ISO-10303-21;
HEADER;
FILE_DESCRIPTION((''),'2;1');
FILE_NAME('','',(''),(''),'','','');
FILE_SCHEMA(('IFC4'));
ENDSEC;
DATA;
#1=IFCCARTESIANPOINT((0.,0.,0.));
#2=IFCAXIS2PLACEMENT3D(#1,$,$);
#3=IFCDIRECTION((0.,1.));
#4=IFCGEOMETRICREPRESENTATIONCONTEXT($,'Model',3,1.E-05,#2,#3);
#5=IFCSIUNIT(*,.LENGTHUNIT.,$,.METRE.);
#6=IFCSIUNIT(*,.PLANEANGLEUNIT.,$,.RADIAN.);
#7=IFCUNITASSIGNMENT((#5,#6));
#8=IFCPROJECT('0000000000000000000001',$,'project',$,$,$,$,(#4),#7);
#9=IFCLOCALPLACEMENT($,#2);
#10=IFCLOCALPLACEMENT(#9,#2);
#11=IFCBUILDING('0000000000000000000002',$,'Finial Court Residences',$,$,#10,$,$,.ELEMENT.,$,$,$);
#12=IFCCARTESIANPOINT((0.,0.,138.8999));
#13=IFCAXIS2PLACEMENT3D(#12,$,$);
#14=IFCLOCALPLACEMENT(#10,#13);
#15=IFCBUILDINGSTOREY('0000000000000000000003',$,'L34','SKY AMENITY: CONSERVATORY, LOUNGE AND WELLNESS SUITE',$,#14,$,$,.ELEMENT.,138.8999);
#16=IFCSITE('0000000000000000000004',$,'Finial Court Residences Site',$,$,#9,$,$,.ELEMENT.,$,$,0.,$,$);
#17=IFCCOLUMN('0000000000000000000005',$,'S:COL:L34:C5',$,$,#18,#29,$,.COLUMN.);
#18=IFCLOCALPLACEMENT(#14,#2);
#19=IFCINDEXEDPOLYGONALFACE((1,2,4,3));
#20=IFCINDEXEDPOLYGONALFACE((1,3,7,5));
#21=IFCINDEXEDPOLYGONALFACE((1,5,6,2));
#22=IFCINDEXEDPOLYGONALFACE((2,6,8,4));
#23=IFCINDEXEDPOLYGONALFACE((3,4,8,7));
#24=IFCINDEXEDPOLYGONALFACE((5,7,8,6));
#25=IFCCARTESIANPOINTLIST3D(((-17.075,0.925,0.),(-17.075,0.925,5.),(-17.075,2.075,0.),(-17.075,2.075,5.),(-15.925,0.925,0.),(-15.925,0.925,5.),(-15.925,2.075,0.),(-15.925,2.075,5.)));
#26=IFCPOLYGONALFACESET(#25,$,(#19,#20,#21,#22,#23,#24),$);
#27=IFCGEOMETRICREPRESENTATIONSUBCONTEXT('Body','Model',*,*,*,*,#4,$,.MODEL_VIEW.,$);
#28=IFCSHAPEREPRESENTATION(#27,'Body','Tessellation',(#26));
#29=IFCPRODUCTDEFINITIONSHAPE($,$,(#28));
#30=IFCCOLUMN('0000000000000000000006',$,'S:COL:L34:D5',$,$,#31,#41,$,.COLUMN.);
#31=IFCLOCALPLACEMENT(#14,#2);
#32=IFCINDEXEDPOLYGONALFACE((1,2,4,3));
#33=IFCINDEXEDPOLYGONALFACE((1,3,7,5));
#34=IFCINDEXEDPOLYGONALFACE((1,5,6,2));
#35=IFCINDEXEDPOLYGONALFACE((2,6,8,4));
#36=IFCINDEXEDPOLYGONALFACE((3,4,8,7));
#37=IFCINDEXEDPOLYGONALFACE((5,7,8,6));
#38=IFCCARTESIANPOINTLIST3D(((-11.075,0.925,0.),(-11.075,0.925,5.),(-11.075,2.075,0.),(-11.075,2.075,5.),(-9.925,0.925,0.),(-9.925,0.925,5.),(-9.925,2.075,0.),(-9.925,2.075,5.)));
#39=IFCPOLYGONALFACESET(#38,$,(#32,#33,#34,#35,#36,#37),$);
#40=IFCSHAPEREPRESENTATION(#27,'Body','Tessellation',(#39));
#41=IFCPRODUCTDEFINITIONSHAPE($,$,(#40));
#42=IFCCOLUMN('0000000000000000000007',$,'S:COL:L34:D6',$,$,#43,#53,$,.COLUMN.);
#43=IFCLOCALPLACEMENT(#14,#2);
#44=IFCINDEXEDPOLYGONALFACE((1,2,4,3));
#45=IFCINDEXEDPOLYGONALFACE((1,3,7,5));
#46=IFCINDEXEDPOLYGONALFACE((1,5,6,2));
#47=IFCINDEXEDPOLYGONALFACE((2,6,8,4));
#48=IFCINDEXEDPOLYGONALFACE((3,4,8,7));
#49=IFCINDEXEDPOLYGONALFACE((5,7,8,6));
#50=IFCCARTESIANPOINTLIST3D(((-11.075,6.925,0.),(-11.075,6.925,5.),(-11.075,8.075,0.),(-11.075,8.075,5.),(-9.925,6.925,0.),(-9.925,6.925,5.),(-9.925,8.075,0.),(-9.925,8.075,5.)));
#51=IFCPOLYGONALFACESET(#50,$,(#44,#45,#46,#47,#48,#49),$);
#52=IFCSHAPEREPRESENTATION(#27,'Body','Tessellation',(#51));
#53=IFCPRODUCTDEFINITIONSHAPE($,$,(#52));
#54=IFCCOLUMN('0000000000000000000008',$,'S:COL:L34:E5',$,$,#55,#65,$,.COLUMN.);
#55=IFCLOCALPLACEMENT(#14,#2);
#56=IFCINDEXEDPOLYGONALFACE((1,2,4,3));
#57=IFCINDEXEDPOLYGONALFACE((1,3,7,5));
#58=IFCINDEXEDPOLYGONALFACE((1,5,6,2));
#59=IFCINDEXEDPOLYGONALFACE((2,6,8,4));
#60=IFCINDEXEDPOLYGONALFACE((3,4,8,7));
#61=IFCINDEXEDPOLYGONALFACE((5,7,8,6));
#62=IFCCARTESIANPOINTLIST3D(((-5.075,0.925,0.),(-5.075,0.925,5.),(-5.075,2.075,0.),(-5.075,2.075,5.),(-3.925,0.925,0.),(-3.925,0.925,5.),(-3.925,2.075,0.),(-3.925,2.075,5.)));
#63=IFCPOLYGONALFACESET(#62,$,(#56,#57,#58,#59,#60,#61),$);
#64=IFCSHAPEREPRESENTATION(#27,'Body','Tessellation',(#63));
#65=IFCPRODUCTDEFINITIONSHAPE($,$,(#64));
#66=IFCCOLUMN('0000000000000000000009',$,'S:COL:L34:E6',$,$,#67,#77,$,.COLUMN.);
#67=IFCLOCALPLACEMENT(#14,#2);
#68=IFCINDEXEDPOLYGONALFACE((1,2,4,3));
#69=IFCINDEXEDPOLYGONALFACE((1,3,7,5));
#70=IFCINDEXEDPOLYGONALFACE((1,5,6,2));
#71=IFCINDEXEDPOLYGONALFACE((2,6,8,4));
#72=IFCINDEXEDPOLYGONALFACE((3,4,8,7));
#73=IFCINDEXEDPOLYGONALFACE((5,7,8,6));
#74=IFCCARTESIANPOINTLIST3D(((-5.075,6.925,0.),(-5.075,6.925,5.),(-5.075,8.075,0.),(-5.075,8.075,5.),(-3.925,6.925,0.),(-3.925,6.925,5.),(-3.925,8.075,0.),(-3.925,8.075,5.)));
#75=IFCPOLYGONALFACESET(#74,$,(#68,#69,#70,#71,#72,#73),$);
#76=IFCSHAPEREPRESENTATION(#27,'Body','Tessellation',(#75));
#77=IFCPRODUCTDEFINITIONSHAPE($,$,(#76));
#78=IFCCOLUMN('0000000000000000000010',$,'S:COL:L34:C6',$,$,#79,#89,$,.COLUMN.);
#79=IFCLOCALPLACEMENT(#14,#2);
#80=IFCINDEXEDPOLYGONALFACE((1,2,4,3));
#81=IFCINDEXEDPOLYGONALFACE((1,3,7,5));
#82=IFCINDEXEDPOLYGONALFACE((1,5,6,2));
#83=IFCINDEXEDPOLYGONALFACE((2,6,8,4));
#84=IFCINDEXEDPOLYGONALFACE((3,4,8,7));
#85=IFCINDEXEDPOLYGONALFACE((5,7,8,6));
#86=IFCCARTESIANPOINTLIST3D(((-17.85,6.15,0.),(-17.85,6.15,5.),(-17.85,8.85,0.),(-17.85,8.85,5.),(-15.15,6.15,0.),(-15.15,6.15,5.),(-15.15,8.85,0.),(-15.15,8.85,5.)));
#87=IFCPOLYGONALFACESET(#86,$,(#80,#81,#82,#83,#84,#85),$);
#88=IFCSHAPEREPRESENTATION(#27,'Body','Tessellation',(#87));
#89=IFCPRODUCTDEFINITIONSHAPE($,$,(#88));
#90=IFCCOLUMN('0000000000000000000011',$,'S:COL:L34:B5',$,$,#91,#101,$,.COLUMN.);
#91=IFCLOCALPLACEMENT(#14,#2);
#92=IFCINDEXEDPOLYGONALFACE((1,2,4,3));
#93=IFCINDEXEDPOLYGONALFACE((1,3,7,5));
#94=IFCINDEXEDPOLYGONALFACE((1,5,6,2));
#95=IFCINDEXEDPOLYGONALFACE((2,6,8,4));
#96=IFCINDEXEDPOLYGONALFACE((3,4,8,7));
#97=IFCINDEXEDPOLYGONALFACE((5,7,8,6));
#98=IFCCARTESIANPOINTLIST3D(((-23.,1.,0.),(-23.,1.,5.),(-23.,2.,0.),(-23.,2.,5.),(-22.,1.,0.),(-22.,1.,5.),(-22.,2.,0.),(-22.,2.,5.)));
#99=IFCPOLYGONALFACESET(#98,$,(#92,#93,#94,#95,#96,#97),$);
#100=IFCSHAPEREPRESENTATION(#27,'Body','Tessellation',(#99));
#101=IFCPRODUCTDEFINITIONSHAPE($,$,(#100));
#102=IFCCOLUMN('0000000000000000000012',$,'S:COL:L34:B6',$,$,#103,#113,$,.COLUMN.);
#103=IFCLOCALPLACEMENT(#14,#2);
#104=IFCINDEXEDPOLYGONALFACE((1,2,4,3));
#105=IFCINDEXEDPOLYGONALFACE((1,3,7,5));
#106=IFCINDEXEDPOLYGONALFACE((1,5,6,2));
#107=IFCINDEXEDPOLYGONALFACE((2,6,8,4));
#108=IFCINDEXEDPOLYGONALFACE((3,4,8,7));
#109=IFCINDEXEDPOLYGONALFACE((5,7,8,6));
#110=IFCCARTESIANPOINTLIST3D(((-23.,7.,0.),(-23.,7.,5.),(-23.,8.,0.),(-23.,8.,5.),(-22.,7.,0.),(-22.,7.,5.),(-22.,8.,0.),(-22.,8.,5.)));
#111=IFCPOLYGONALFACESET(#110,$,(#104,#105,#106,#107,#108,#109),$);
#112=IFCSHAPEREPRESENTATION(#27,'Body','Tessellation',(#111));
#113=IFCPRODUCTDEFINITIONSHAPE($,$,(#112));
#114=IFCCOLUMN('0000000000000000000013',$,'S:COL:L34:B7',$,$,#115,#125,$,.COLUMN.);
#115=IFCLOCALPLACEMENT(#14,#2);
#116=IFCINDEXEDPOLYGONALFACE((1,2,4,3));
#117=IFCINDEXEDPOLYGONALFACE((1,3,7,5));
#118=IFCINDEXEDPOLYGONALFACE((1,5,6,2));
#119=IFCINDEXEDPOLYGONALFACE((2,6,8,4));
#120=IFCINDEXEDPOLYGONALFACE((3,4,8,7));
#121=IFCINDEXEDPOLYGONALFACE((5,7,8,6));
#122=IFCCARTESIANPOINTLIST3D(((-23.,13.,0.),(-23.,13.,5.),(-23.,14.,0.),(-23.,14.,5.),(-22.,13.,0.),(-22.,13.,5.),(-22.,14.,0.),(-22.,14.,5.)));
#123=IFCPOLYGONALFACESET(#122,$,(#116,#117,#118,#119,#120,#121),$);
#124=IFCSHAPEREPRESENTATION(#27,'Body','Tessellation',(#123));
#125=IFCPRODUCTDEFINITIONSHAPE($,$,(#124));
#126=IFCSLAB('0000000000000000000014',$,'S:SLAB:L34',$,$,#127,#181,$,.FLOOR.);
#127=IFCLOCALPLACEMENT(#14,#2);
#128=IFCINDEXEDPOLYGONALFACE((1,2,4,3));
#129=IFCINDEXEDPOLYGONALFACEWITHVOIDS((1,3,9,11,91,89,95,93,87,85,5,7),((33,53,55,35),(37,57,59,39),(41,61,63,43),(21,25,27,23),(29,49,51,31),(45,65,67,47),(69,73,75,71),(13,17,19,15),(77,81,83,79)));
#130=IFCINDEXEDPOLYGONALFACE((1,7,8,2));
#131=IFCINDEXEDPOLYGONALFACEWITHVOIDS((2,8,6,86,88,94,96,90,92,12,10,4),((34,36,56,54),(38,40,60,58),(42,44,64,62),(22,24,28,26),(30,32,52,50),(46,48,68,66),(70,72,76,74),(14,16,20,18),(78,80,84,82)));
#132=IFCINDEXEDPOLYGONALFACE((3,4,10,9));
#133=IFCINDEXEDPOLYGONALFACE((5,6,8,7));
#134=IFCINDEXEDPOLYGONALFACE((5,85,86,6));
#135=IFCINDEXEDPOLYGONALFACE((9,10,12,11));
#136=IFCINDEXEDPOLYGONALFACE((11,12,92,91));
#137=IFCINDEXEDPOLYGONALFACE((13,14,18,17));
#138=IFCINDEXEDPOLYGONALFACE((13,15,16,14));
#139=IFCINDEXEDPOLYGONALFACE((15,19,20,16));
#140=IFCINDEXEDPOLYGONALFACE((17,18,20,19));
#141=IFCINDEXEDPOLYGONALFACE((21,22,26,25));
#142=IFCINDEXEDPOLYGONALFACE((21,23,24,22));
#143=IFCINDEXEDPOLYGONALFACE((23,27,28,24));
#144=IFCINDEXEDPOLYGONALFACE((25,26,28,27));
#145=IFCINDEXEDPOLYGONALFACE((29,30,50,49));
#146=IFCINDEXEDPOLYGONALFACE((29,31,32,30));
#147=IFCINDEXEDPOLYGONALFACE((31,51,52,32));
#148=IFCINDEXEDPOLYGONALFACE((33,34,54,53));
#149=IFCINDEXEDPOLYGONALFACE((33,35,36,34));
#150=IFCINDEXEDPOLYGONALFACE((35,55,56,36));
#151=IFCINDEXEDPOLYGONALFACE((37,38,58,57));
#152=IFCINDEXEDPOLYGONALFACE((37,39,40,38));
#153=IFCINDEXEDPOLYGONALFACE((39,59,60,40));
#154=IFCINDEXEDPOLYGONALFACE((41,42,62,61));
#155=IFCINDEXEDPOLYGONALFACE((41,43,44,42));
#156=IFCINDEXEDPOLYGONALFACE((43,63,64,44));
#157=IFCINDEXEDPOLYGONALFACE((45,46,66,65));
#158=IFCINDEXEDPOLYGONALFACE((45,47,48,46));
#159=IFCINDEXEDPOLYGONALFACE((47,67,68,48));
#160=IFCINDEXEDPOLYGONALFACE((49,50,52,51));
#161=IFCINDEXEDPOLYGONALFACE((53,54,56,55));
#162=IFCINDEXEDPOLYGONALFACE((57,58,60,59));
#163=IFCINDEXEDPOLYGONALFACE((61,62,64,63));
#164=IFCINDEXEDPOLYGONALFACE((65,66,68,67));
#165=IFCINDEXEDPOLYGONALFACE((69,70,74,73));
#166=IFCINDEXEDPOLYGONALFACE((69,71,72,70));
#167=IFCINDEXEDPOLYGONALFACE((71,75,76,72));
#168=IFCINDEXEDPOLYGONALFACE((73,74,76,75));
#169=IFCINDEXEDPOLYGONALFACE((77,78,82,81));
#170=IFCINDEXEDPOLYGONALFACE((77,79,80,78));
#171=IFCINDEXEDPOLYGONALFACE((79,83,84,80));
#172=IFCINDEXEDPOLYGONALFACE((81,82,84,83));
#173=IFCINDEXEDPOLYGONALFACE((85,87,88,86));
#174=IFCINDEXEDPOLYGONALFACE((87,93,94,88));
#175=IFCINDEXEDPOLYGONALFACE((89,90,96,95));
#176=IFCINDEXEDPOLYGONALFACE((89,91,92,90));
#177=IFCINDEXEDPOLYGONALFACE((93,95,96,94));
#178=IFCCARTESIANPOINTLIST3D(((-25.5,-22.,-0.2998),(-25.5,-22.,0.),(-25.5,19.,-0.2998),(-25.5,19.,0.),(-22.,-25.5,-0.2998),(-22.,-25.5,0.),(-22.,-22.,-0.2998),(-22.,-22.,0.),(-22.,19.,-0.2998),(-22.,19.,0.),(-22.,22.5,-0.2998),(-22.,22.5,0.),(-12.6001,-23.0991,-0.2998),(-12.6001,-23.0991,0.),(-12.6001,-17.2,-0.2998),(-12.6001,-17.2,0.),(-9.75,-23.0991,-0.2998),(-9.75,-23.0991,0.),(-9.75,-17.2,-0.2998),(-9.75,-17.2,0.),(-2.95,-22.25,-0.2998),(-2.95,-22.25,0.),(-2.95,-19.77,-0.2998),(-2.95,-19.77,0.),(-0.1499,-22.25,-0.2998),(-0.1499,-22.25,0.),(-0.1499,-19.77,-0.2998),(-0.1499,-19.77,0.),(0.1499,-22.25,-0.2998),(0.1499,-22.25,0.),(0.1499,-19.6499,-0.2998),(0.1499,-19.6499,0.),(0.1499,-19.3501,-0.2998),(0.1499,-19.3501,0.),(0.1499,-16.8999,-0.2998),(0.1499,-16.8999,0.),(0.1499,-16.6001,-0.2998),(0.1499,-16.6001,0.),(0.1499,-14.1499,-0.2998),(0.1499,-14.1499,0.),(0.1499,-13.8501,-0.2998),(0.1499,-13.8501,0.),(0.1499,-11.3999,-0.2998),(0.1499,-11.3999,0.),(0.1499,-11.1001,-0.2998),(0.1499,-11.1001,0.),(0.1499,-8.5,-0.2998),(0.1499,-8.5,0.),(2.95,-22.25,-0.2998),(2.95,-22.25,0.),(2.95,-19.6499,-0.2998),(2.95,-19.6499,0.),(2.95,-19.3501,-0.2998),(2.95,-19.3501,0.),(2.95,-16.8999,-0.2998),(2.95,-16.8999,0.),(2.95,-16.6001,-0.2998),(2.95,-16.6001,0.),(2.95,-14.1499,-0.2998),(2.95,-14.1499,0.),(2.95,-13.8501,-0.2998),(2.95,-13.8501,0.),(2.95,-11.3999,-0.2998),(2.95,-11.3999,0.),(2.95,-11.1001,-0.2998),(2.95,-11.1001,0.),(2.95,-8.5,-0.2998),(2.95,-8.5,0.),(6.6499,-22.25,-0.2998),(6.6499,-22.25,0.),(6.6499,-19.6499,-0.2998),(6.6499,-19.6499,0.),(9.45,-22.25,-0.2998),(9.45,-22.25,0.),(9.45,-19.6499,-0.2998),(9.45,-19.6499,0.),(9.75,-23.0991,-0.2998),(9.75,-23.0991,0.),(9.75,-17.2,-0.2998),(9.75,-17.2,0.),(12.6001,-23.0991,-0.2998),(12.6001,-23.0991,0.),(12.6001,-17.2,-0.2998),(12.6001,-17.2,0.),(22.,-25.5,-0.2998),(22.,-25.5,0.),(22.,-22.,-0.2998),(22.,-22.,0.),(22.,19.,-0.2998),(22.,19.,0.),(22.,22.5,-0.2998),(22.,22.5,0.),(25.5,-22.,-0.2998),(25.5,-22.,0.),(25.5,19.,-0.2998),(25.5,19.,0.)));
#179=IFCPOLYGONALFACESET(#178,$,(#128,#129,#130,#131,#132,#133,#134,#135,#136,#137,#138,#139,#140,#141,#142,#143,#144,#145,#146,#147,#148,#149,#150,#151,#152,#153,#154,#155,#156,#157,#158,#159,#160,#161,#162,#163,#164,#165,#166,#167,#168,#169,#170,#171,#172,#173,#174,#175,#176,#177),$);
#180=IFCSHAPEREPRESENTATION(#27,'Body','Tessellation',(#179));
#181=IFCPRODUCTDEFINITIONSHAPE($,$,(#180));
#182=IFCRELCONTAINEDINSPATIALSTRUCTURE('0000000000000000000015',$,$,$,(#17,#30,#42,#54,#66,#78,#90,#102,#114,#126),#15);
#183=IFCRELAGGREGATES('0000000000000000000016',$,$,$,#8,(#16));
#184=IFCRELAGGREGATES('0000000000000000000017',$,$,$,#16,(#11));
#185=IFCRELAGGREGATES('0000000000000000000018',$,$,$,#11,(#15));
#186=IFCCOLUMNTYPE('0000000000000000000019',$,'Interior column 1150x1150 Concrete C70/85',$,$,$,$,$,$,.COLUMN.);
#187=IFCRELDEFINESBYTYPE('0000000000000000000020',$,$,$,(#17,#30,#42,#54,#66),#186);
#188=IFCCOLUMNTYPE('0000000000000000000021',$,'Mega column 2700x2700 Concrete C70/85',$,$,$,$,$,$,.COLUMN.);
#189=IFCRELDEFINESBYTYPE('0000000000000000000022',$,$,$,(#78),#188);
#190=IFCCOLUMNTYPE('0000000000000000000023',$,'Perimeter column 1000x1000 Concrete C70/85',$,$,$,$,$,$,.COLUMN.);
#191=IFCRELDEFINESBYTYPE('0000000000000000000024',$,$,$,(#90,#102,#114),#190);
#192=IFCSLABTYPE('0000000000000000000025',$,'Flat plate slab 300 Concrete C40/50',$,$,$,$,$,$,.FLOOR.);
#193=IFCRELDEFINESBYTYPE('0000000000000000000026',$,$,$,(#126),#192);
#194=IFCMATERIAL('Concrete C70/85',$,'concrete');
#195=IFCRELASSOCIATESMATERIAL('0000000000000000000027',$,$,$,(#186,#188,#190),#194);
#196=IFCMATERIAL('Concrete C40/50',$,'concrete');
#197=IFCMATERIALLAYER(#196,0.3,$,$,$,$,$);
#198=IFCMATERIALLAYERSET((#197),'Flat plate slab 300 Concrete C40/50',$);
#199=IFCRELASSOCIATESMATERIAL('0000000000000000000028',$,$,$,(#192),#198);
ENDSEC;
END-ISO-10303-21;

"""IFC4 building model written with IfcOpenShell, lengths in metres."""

from ifc_helpers import new_model, si_unit, direction, frame, origin, origin_2d, place, context, subcontext, project, spatial, polyline, rectangle, outline, extrude, material, layer, layer_set, material_profile, profile_set, type_object, element, save


model = new_model("IFC4")

# Units and contexts
model_context = context("Model", 3, precision=1e-05, world=origin(), true_north=direction((0.0, 1.0)))
body_context = subcontext(model_context, "Body", "Model", "MODEL_VIEW")
ifc_project = project(units=[si_unit("LENGTHUNIT", "METRE"), si_unit("PLANEANGLEUNIT", "RADIAN")], contexts=[model_context])

# Site, building, storey
site_placement = place(None, origin())
site = spatial("IfcSite", under=ifc_project, at=site_placement, Name="Finial Court Residences Site", CompositionType="ELEMENT", RefElevation=0.0)
building_placement = place(site_placement, origin())
building = spatial("IfcBuilding", under=site, at=building_placement, Name="Finial Court Residences", CompositionType="ELEMENT")
storey_placement = place(building_placement, frame((0.0, 0.0, 138.8999)))
storey = spatial("IfcBuildingStorey", under=building, at=storey_placement, Name="L34", Description="SKY AMENITY: CONSERVATORY, LOUNGE AND WELLNESS SUITE", CompositionType="ELEMENT", Elevation=138.8999)

# Columns
ifc_material_1 = material(Name="Concrete C70/85", Category="concrete")
ifc_material_profile_1 = material_profile(ifc_material_1, rectangle(XDim=1.1499, YDim=1.1499, at=origin_2d()), Name="1150x1150")
ifc_profile_set_1 = profile_set([ifc_material_profile_1], Name="Concrete C70/85")
column_type_1 = type_object("IfcColumnType", Name="Interior column 1150x1150 Concrete C70/85", PredefinedType="COLUMN", material=ifc_profile_set_1)
for number, where, z_axis, x_axis, name in (
    (1, (-16.5, 1.5, 0.0), (0.0, 0.0, 1.0), (1.0, 0.0, 0.0), "S:COL:L34:C5"),
    (2, (-10.5, 1.5, 0.0), (0.0, 0.0, 1.0), (1.0, 0.0, 0.0), "S:COL:L34:D5"),
    (3, (-10.5, 7.5, 0.0), (0.0, 0.0, 1.0), (1.0, 0.0, 0.0), "S:COL:L34:D6"),
    (4, (-4.5, 1.5, 0.0), (0.0, 0.0, 1.0), (1.0, 0.0, 0.0), "S:COL:L34:E5"),
    (5, (-4.5, 7.5, 0.0), (0.0, 0.0, 1.0), (1.0, 0.0, 0.0), "S:COL:L34:E6"),
):
    element("IfcColumn", number, at=place(storey_placement, frame(where, z_axis=z_axis, x_axis=x_axis)), inside=storey, type_object=column_type_1, Name=name, PredefinedType="COLUMN", context=body_context, shape_type="SweptSolid", body=[
        extrude(rectangle(XDim=1.1499, YDim=1.1499, at=origin_2d()), origin(), (0.0, 0.0, 1.0), 5.0),
    ])
ifc_material_profile_2 = material_profile(ifc_material_1, rectangle(XDim=2.7, YDim=2.7, at=origin_2d()), Name="2700x2700")
ifc_profile_set_2 = profile_set([ifc_material_profile_2], Name="Concrete C70/85")
column_type_2 = type_object("IfcColumnType", Name="Mega column 2700x2700 Concrete C70/85", PredefinedType="COLUMN", material=ifc_profile_set_2)
column_placement = place(storey_placement, frame((-16.5, 7.5, 0.0), z_axis=(0.0, 0.0, 1.0), x_axis=(1.0, 0.0, 0.0)))
element("IfcColumn", 6, at=column_placement, inside=storey, type_object=column_type_2, Name="S:COL:L34:C6", PredefinedType="COLUMN", context=body_context, shape_type="SweptSolid", body=[
    extrude(rectangle(XDim=2.7, YDim=2.7, at=origin_2d()), origin(), (0.0, 0.0, 1.0), 5.0),
])
ifc_material_profile_3 = material_profile(ifc_material_1, rectangle(XDim=1.0, YDim=1.0, at=origin_2d()), Name="1000x1000")
ifc_profile_set_3 = profile_set([ifc_material_profile_3], Name="Concrete C70/85")
column_type_3 = type_object("IfcColumnType", Name="Perimeter column 1000x1000 Concrete C70/85", PredefinedType="COLUMN", material=ifc_profile_set_3)
for number, where, z_axis, x_axis, name in (
    (7, (-22.5, 1.5, 0.0), (0.0, 0.0, 1.0), (1.0, 0.0, 0.0), "S:COL:L34:B5"),
    (8, (-22.5, 7.5, 0.0), (0.0, 0.0, 1.0), (1.0, 0.0, 0.0), "S:COL:L34:B6"),
    (9, (-22.5, 13.5, 0.0), (0.0, 0.0, 1.0), (1.0, 0.0, 0.0), "S:COL:L34:B7"),
):
    element("IfcColumn", number, at=place(storey_placement, frame(where, z_axis=z_axis, x_axis=x_axis)), inside=storey, type_object=column_type_3, Name=name, PredefinedType="COLUMN", context=body_context, shape_type="SweptSolid", body=[
        extrude(rectangle(XDim=1.0, YDim=1.0, at=origin_2d()), origin(), (0.0, 0.0, 1.0), 5.0),
    ])

# Slab
ifc_material_2 = material(Name="Concrete C40/50", Category="concrete")
ifc_layer_1 = layer(ifc_material_2, 0.3)
ifc_layer_set_1 = layer_set([ifc_layer_1], Name="Flat plate slab 300 Concrete C40/50")
slab_type = type_object("IfcSlabType", Name="Flat plate slab 300 Concrete C40/50", PredefinedType="FLOOR", material=ifc_layer_set_1)
slab_placement = place(storey_placement, frame((0.0, 0.0, -0.2998)))
element("IfcSlab", 10, at=slab_placement, inside=storey, type_object=slab_type, Name="S:SLAB:L34", PredefinedType="FLOOR", context=body_context, shape_type="SweptSolid", body=[
    extrude(outline(polyline([(22.0, -25.5), (-22.0, -25.5), (-22.0, -22.0), (-25.5, -22.0), (-25.5, 19.0), (-22.0, 19.0), (-22.0, 22.5), (22.0, 22.5), (22.0, 19.0), (25.5, 19.0), (25.5, -22.0), (22.0, -22.0), (22.0, -25.5)]), holes=[polyline([(-0.1499, -19.77), (-2.95, -19.77), (-2.95, -22.25), (-0.1499, -22.25), (-0.1499, -19.77)]), polyline([(2.95, -19.6499), (0.1499, -19.6499), (0.1499, -22.25), (2.95, -22.25), (2.95, -19.6499)]), polyline([(9.45, -19.6499), (6.6499, -19.6499), (6.6499, -22.25), (9.45, -22.25), (9.45, -19.6499)]), polyline([(-12.6001, -17.2), (-12.6001, -23.0991), (-9.75, -23.0991), (-9.75, -17.2), (-12.6001, -17.2)]), polyline([(9.75, -17.2), (9.75, -23.0991), (12.6001, -23.0991), (12.6001, -17.2), (9.75, -17.2)]), polyline([(2.95, -16.8999), (0.1499, -16.8999), (0.1499, -19.3501), (2.95, -19.3501), (2.95, -16.8999)]), polyline([(2.95, -14.1499), (0.1499, -14.1499), (0.1499, -16.6001), (2.95, -16.6001), (2.95, -14.1499)]), polyline([(2.95, -13.8501), (2.95, -11.3999), (0.1499, -11.3999), (0.1499, -13.8501), (2.95, -13.8501)]), polyline([(2.95, -11.1001), (2.95, -8.5), (0.1499, -8.5), (0.1499, -11.1001), (2.95, -11.1001)])]), origin(), (0.0, 0.0, 1.0), 0.2998),
])

save(model, "model.ifc")
